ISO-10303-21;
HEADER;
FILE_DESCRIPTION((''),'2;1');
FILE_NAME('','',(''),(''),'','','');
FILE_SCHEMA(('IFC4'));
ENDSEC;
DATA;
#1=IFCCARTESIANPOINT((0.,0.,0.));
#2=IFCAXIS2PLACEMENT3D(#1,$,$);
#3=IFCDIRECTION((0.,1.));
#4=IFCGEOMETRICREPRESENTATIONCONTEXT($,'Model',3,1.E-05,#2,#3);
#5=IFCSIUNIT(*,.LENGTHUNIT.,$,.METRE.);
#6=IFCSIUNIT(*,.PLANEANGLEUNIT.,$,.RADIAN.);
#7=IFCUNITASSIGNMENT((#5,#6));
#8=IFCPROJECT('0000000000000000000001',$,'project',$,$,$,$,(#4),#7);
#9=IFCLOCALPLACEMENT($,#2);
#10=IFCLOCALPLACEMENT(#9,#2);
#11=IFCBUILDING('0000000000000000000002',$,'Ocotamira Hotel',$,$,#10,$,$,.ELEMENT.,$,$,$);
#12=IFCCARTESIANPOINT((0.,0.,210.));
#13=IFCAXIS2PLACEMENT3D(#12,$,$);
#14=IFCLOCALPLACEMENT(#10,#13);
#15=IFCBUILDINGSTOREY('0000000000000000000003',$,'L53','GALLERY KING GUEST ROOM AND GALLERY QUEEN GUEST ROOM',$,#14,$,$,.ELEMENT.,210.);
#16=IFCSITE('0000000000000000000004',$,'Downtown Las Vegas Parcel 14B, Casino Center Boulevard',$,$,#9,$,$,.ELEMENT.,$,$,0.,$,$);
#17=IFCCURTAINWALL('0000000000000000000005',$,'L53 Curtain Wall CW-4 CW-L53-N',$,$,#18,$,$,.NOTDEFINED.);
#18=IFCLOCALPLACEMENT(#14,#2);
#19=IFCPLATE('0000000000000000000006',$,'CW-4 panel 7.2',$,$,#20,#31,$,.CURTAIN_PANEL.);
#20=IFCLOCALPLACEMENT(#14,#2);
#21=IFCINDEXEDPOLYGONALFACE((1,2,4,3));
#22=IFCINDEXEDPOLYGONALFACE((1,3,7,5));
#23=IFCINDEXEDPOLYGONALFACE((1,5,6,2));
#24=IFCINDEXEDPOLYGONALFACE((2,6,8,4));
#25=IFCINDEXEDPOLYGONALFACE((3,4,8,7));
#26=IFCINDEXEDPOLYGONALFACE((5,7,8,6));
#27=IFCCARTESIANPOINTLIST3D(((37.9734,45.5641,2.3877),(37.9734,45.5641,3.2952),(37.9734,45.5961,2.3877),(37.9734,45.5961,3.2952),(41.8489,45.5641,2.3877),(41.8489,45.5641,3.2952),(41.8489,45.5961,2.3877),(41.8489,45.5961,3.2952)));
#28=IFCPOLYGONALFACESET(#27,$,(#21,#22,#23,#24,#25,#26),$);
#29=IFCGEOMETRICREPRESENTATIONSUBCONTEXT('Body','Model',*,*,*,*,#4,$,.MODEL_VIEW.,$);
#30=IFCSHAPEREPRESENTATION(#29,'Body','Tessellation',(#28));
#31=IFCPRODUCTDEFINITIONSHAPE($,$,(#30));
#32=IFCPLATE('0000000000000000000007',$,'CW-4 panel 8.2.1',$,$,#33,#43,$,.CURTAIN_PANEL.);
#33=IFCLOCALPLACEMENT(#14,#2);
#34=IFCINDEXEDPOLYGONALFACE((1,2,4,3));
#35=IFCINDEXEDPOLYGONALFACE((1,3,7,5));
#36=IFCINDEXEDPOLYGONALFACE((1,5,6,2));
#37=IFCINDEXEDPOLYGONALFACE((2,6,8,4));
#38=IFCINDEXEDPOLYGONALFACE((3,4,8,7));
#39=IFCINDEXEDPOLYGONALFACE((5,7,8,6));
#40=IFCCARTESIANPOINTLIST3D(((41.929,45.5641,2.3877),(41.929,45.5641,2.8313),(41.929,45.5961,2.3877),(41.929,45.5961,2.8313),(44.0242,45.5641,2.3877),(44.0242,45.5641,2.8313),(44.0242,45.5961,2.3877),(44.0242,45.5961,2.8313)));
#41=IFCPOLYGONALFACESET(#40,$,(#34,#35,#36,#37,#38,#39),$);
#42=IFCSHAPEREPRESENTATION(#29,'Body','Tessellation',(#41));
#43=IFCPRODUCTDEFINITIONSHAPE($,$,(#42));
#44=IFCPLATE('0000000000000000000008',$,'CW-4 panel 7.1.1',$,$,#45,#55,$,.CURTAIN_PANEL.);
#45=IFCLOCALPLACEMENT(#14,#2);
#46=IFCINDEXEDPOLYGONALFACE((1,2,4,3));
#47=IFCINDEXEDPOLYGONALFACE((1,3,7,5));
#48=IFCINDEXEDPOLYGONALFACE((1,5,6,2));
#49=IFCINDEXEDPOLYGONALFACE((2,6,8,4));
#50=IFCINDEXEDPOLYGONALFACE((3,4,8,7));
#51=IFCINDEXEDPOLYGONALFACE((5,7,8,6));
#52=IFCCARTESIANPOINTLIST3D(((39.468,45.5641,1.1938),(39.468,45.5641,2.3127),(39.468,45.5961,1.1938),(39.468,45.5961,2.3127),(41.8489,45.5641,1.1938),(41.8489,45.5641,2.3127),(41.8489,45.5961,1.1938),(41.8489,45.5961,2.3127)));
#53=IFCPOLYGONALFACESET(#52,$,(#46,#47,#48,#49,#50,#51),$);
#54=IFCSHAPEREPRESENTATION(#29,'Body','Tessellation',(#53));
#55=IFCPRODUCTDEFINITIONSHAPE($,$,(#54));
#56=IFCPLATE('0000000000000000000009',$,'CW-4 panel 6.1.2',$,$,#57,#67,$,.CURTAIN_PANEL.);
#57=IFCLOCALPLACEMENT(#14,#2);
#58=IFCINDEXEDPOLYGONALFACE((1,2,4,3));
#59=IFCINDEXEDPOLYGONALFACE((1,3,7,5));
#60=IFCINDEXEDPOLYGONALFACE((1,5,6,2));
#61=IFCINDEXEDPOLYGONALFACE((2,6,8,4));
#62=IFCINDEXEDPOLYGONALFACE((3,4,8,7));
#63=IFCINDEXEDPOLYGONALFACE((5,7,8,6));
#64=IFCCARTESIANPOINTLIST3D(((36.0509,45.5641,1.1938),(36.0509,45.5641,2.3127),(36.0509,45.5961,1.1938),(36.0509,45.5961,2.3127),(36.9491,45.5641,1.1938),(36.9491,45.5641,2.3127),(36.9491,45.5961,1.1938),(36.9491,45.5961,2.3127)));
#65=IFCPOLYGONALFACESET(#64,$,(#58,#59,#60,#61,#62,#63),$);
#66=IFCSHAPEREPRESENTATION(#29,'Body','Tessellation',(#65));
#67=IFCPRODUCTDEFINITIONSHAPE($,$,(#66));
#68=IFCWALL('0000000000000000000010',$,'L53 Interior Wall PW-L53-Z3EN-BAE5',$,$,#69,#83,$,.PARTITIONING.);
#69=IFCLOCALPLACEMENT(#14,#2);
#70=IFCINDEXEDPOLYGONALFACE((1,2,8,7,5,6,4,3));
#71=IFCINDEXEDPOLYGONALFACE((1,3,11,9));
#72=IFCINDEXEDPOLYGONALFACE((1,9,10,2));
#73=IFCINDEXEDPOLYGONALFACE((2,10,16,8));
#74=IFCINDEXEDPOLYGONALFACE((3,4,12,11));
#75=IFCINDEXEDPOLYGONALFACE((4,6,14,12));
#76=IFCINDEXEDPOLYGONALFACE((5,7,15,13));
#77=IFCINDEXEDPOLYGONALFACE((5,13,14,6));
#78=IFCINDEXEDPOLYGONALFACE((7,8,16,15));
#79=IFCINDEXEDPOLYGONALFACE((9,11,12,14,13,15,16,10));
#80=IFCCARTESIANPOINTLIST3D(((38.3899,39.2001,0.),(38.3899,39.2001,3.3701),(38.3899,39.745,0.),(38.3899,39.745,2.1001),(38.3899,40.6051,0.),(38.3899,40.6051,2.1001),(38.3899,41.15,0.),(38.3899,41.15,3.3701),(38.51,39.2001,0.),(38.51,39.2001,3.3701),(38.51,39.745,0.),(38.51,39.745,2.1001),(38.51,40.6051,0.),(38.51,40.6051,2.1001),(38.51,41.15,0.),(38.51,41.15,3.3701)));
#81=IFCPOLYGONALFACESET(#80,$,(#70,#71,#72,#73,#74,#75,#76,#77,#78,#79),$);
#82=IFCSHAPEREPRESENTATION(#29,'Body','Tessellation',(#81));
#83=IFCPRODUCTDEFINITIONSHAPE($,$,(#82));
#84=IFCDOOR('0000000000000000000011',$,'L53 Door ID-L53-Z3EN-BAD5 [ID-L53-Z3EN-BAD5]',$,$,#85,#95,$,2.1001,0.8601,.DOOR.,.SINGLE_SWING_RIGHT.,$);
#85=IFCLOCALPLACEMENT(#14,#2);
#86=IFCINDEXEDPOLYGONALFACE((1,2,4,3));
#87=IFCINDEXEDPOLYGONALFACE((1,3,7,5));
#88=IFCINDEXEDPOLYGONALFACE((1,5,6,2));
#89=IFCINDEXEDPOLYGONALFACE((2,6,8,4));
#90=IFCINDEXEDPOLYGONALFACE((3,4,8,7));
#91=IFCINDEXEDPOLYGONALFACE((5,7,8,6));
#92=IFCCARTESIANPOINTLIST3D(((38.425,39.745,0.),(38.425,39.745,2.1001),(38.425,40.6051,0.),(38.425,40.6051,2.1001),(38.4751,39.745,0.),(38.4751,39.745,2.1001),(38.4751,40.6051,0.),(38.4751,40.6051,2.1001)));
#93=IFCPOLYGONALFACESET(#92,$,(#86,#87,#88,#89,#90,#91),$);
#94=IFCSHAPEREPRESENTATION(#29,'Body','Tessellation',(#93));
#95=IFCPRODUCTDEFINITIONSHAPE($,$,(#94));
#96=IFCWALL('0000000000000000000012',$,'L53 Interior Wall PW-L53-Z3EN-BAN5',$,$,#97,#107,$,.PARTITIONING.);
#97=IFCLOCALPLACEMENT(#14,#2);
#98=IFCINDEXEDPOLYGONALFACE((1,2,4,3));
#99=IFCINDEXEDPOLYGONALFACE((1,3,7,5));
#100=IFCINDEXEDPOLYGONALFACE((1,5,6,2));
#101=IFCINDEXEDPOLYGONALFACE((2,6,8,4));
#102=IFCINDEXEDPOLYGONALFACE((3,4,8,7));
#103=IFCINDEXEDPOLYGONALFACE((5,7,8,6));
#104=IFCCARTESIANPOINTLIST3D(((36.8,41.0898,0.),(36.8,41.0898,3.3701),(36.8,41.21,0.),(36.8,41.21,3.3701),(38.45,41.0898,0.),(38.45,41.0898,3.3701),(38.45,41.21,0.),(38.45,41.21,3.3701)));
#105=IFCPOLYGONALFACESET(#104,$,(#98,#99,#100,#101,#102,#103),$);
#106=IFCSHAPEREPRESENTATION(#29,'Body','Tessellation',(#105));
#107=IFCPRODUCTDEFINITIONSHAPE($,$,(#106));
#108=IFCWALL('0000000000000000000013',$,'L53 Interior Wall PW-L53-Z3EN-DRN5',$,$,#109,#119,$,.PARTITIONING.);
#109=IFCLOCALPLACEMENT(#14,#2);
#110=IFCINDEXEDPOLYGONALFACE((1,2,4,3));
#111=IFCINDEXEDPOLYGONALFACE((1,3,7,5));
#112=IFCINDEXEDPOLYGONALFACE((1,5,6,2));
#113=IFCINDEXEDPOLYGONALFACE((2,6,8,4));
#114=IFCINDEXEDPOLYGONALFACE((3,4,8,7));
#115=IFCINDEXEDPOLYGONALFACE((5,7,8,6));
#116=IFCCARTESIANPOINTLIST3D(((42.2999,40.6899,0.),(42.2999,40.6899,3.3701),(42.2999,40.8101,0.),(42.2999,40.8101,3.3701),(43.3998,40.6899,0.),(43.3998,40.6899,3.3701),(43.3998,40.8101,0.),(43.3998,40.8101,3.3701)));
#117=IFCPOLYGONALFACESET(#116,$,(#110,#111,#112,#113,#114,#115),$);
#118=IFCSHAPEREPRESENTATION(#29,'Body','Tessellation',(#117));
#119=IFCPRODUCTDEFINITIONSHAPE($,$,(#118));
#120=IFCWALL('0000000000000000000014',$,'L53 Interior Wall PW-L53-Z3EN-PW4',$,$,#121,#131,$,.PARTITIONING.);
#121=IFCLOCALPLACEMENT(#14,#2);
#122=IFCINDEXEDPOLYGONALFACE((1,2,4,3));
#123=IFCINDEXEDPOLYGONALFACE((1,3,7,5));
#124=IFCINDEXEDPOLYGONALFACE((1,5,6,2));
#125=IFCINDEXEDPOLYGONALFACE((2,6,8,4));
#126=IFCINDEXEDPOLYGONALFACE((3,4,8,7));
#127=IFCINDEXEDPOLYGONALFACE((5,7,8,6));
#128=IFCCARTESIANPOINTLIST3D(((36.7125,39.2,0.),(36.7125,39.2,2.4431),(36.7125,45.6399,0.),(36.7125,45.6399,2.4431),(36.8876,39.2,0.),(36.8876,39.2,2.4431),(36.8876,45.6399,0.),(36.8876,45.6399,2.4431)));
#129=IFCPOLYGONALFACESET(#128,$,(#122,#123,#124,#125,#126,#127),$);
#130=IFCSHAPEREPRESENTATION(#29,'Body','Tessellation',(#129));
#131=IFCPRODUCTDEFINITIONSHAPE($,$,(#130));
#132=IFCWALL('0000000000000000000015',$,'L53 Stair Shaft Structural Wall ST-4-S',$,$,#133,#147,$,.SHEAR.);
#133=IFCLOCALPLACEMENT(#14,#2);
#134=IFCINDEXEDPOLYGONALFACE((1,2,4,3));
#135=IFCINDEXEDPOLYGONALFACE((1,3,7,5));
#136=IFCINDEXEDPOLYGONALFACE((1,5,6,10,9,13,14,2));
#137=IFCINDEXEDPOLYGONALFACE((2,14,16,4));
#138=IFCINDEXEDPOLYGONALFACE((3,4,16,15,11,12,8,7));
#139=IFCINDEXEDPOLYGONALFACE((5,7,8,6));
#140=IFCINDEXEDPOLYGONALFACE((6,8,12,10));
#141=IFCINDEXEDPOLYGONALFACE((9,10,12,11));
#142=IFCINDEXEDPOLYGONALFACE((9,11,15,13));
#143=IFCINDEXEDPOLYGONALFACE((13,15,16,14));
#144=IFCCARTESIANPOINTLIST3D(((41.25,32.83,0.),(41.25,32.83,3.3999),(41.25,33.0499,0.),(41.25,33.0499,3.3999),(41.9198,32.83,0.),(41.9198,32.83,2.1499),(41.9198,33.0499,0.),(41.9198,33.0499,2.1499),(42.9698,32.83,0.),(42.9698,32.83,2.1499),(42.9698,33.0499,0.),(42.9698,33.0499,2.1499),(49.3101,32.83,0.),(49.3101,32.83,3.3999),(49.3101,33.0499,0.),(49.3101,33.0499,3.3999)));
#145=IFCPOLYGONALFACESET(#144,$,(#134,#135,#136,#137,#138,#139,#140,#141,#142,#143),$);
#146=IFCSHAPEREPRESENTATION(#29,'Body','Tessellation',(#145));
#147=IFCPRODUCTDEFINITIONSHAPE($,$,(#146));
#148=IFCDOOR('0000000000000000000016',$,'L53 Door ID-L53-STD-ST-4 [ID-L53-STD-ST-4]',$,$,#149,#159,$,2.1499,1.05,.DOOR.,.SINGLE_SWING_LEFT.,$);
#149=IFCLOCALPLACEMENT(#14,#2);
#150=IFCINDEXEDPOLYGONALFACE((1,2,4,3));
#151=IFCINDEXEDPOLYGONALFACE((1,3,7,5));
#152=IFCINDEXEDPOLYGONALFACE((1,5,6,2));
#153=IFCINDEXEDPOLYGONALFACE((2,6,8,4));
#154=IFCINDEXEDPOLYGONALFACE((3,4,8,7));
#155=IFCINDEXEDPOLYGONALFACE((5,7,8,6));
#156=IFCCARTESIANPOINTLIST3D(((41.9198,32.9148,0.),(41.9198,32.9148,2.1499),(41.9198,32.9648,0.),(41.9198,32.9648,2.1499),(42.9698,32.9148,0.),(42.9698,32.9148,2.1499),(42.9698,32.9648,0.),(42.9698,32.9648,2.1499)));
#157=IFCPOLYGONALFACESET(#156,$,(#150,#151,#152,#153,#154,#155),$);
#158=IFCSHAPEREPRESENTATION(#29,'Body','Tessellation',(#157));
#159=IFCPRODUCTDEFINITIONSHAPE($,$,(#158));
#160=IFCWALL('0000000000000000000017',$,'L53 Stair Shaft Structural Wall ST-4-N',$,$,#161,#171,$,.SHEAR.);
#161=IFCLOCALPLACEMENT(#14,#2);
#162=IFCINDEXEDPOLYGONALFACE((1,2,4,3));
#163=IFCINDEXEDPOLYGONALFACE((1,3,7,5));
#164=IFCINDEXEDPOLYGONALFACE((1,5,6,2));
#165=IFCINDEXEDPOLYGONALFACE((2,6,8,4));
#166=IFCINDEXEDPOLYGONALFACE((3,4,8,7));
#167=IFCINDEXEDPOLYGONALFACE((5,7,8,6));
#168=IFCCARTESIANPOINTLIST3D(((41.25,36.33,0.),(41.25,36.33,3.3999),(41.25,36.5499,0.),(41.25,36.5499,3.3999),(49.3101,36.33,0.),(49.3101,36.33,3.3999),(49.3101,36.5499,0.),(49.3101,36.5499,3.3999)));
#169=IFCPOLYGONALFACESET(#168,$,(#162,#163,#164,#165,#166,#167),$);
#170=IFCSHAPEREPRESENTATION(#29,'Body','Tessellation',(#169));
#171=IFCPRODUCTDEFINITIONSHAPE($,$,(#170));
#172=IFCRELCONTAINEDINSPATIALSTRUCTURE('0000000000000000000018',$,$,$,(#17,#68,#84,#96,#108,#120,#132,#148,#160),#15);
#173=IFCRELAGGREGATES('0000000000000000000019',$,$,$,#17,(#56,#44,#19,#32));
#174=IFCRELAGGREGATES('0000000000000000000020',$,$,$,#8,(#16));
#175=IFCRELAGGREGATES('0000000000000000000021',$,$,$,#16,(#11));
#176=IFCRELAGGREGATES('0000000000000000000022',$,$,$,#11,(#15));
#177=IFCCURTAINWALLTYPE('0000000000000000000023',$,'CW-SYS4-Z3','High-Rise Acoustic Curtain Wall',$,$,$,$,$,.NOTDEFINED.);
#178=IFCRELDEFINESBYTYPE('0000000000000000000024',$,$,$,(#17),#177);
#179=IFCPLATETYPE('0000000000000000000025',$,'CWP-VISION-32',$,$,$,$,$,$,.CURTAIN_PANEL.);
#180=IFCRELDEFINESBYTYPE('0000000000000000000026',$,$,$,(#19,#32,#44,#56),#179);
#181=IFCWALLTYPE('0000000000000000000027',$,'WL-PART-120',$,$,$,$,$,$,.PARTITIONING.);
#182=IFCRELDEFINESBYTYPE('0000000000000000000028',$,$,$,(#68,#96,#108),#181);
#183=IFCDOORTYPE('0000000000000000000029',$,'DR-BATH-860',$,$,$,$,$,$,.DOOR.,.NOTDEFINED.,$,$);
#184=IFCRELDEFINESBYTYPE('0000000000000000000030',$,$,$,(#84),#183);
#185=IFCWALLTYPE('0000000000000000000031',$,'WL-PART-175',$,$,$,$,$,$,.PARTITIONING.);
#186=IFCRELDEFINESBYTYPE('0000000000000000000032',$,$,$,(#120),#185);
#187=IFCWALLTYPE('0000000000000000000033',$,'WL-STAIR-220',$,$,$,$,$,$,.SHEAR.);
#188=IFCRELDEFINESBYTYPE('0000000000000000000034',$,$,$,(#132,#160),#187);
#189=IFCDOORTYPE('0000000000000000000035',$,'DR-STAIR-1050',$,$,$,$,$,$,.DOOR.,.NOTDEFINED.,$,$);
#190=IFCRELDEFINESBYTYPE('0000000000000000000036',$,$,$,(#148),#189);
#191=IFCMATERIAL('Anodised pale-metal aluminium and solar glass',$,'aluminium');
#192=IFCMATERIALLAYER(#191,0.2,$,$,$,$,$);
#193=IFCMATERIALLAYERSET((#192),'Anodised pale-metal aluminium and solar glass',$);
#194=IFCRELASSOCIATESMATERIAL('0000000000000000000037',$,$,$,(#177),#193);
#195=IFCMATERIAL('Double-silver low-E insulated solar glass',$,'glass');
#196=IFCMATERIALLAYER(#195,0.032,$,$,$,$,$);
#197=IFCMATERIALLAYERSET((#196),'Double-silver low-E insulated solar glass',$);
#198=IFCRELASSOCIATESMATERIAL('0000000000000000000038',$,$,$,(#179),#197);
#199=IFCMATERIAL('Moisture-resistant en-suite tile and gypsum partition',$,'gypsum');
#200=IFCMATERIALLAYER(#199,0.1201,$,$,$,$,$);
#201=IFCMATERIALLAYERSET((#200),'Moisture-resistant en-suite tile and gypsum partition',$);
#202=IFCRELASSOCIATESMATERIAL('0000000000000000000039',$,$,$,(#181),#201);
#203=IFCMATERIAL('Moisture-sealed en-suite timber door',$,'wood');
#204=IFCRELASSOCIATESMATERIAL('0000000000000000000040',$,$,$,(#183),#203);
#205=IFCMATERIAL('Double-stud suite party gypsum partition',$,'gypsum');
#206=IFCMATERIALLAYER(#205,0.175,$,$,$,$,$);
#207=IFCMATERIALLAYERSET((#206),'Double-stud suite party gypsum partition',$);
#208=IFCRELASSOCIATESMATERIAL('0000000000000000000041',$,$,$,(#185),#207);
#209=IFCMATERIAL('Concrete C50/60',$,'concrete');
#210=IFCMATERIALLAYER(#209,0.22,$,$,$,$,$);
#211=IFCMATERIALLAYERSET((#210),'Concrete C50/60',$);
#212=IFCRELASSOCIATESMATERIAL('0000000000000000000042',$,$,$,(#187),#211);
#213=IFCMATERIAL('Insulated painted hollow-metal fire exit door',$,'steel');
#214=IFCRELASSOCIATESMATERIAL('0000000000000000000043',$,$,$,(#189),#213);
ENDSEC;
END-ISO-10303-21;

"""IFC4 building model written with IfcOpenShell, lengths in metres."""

from ifc_helpers import new_model, si_unit, direction, frame, frame_2d, origin, origin_2d, place, context, subcontext, project, spatial, rectangle, extrude, source, transform, mapped, material, layer, layer_set, type_object, element, fill, aggregate, save


model = new_model("IFC4")

# Units and contexts
model_context = context("Model", 3, precision=1e-05, world=origin(), true_north=direction((0.0, 1.0)))
body_context = subcontext(model_context, "Body", "Model", "MODEL_VIEW")
ifc_project = project(units=[si_unit("LENGTHUNIT", "METRE"), si_unit("PLANEANGLEUNIT", "RADIAN")], contexts=[model_context])

# Site, building, storey
site_placement = place(None, origin())
site = spatial("IfcSite", under=ifc_project, at=site_placement, Name="Downtown Las Vegas Parcel 14B, Casino Center Boulevard", CompositionType="ELEMENT", RefElevation=0.0)
building_placement = place(site_placement, origin())
building = spatial("IfcBuilding", under=site, at=building_placement, Name="Ocotamira Hotel", CompositionType="ELEMENT")
storey_placement = place(building_placement, frame((0.0, 0.0, 210.0)))
storey = spatial("IfcBuildingStorey", under=building, at=storey_placement, Name="L53", Description="GALLERY KING GUEST ROOM AND GALLERY QUEEN GUEST ROOM", CompositionType="ELEMENT", Elevation=210.0)

# Shared definitions
ifc_material_1 = material(Name="Concrete C50/60", Category="concrete")

# Curtain wall
ifc_material_2 = material(Name="Anodised pale-metal aluminium and solar glass", Category="aluminium")
ifc_layer_1 = layer(ifc_material_2, 0.2)
ifc_layer_set_1 = layer_set([ifc_layer_1], Name="Anodised pale-metal aluminium and solar glass")
curtain_wall_type = type_object("IfcCurtainWallType", Name="CW-SYS4-Z3", Description="High-Rise Acoustic Curtain Wall", PredefinedType="NOTDEFINED", material=ifc_layer_set_1)
curtain_wall_placement = place(storey_placement, origin())
curtain_wall = element("IfcCurtainWall", 1, at=curtain_wall_placement, inside=storey, type_object=curtain_wall_type, Name="L53 Curtain Wall CW-4 CW-L53-N", PredefinedType="NOTDEFINED")

# Plates
ifc_material_3 = material(Name="Double-silver low-E insulated solar glass", Category="glass")
ifc_layer_2 = layer(ifc_material_3, 0.032)
ifc_layer_set_2 = layer_set([ifc_layer_2], Name="Double-silver low-E insulated solar glass")
plate_type_1 = type_object("IfcPlateType", Name="CWP-VISION-32", PredefinedType="CURTAIN_PANEL", material=ifc_layer_set_2)
shared_shape_1 = source(origin(), body_context, "Body", "SweptSolid", [
    extrude(rectangle(XDim=3.8755, YDim=0.032, at=origin_2d()), origin(), (0.0, 0.0, 1.0), 0.9075),
])
plate_1_placement = place(storey_placement, frame((39.9111, 45.5801, 2.3877), z_axis=(0.0, 0.0, 1.0), x_axis=(1.0, 0.0, 0.0)))
plate_1 = element("IfcPlate", 2, at=plate_1_placement, type_object=plate_type_1, Name="CW-4 panel 7.2", PredefinedType="CURTAIN_PANEL", context=body_context, shape_type="MappedRepresentation", body=[
    mapped(shared_shape_1, transform((0.0, 0.0, 0.0), scale=1.0)),
])
shared_shape_2 = source(origin(), body_context, "Body", "SweptSolid", [
    extrude(rectangle(XDim=2.0952, YDim=0.032, at=origin_2d()), origin(), (0.0, 0.0, 1.0), 0.4436),
])
plate_2_placement = place(storey_placement, frame((42.9766, 45.5801, 2.3877), z_axis=(0.0, 0.0, 1.0), x_axis=(1.0, 0.0, 0.0)))
plate_2 = element("IfcPlate", 3, at=plate_2_placement, type_object=plate_type_1, Name="CW-4 panel 8.2.1", PredefinedType="CURTAIN_PANEL", context=body_context, shape_type="MappedRepresentation", body=[
    mapped(shared_shape_2, transform((0.0, 0.0, 0.0), scale=1.0)),
])
shared_shape_3 = source(origin(), body_context, "Body", "SweptSolid", [
    extrude(rectangle(XDim=2.3809, YDim=0.032, at=origin_2d()), origin(), (0.0, 0.0, 1.0), 1.1189),
])
plate_3_placement = place(storey_placement, frame((40.6584, 45.5801, 1.1938), z_axis=(0.0, 0.0, 1.0), x_axis=(1.0, 0.0, 0.0)))
plate_3 = element("IfcPlate", 4, at=plate_3_placement, type_object=plate_type_1, Name="CW-4 panel 7.1.1", PredefinedType="CURTAIN_PANEL", context=body_context, shape_type="MappedRepresentation", body=[
    mapped(shared_shape_3, transform((0.0, 0.0, 0.0), scale=1.0)),
])
shared_shape_4 = source(origin(), body_context, "Body", "SweptSolid", [
    extrude(rectangle(XDim=0.8982, YDim=0.032, at=origin_2d()), origin(), (0.0, 0.0, 1.0), 1.1189),
])
plate_4_placement = place(storey_placement, frame((36.5, 45.5801, 1.1938), z_axis=(0.0, 0.0, 1.0), x_axis=(1.0, 0.0, 0.0)))
plate_4 = element("IfcPlate", 5, at=plate_4_placement, type_object=plate_type_1, Name="CW-4 panel 6.1.2", PredefinedType="CURTAIN_PANEL", context=body_context, shape_type="MappedRepresentation", body=[
    mapped(shared_shape_4, transform((0.0, 0.0, 0.0), scale=1.0)),
])
aggregate(curtain_wall, [plate_4, plate_3, plate_1, plate_2])

# Wall, opening, door
ifc_material_4 = material(Name="Moisture-resistant en-suite tile and gypsum partition", Category="gypsum")
ifc_layer_3 = layer(ifc_material_4, 0.1201)
ifc_layer_set_3 = layer_set([ifc_layer_3], Name="Moisture-resistant en-suite tile and gypsum partition")
wall_type_1 = type_object("IfcWallType", Name="WL-PART-120", PredefinedType="PARTITIONING", material=ifc_layer_set_3)
wall_1_placement = place(storey_placement, frame((38.45, 39.2, 0.0), z_axis=(0.0, 0.0, 1.0), x_axis=(0.0, 1.0, 0.0)))
wall_1 = element("IfcWall", 6, at=wall_1_placement, inside=storey, type_object=wall_type_1, Name="L53 Interior Wall PW-L53-Z3EN-BAE5", PredefinedType="PARTITIONING", context=body_context, shape_type="SweptSolid", body=[
    extrude(rectangle(XDim=1.95, YDim=0.1201, at=frame_2d((0.9751, 0.0))), origin(), (0.0, 0.0, 1.0), 3.3701),
])
opening_1_placement = place(wall_1_placement, frame((0.5449, 0.0, 0.0)))
opening_1 = element("IfcOpeningElement", 7, at=opening_1_placement, cuts=wall_1, PredefinedType="OPENING", context=body_context, shape_type="SweptSolid", body=[
    extrude(rectangle(XDim=0.8601, YDim=2.1001, at=frame_2d((0.4302, 1.05))), frame((0.0, 0.0701, 0.0), z_axis=(0.0, -1.0, 0.0), x_axis=(1.0, 0.0, 0.0)), (0.0, 0.0, 1.0), 0.1401),
])
ifc_material_5 = material(Name="Moisture-sealed en-suite timber door", Category="wood")
door_type_1 = type_object("IfcDoorType", Name="DR-BATH-860", OperationType="NOTDEFINED", PredefinedType="DOOR", material=ifc_material_5)
shared_shape_5 = source(origin(), body_context, "Body", "SweptSolid", [
    extrude(rectangle(XDim=0.8601, YDim=2.1001, at=frame_2d((0.4302, 1.05))), frame((0.0, 0.0249, 0.0), z_axis=(0.0, -1.0, 0.0), x_axis=(1.0, 0.0, 0.0)), (0.0, 0.0, 1.0), 0.05),
])
door_1_placement = place(opening_1_placement, origin())
door_1 = element("IfcDoor", 8, at=door_1_placement, inside=storey, type_object=door_type_1, Name="L53 Door ID-L53-Z3EN-BAD5 [ID-L53-Z3EN-BAD5]", OperationType="SINGLE_SWING_RIGHT", OverallHeight=2.1001, OverallWidth=0.8601, PredefinedType="DOOR", context=body_context, shape_type="MappedRepresentation", body=[
    mapped(shared_shape_5, transform((0.0, 0.0, 0.0), scale=1.0)),
])
fill(opening_1, door_1)

# Walls
wall_2_placement = place(storey_placement, frame((36.8, 41.1499, 0.0), z_axis=(0.0, 0.0, 1.0), x_axis=(1.0, 0.0, 0.0)))
element("IfcWall", 9, at=wall_2_placement, inside=storey, type_object=wall_type_1, Name="L53 Interior Wall PW-L53-Z3EN-BAN5", PredefinedType="PARTITIONING", context=body_context, shape_type="SweptSolid", body=[
    extrude(rectangle(XDim=1.6499, YDim=0.1201, at=frame_2d((0.825, 0.0))), origin(), (0.0, 0.0, 1.0), 3.3701),
])
wall_3_placement = place(storey_placement, frame((42.3, 40.75, 0.0), z_axis=(0.0, 0.0, 1.0), x_axis=(1.0, 0.0, 0.0)))
element("IfcWall", 10, at=wall_3_placement, inside=storey, type_object=wall_type_1, Name="L53 Interior Wall PW-L53-Z3EN-DRN5", PredefinedType="PARTITIONING", context=body_context, shape_type="SweptSolid", body=[
    extrude(rectangle(XDim=1.0999, YDim=0.1201, at=frame_2d((0.5498, 0.0))), origin(), (0.0, 0.0, 1.0), 3.3701),
])
ifc_material_6 = material(Name="Double-stud suite party gypsum partition", Category="gypsum")
ifc_layer_4 = layer(ifc_material_6, 0.175)
ifc_layer_set_4 = layer_set([ifc_layer_4], Name="Double-stud suite party gypsum partition")
wall_type_2 = type_object("IfcWallType", Name="WL-PART-175", PredefinedType="PARTITIONING", material=ifc_layer_set_4)
wall_4_placement = place(storey_placement, frame((36.8, 39.2, 0.0), z_axis=(0.0, 0.0, 1.0), x_axis=(0.0, 1.0, 0.0)))
element("IfcWall", 11, at=wall_4_placement, inside=storey, type_object=wall_type_2, Name="L53 Interior Wall PW-L53-Z3EN-PW4", PredefinedType="PARTITIONING", context=body_context, shape_type="SweptSolid", body=[
    extrude(rectangle(XDim=6.4399, YDim=0.175, at=frame_2d((3.22, 0.0))), origin(), (0.0, 0.0, 1.0), 2.4431),
])

# Wall, opening, door
ifc_layer_5 = layer(ifc_material_1, 0.22)
ifc_layer_set_5 = layer_set([ifc_layer_5], Name="Concrete C50/60")
wall_type_3 = type_object("IfcWallType", Name="WL-STAIR-220", PredefinedType="SHEAR", material=ifc_layer_set_5)
wall_5_placement = place(storey_placement, frame((41.25, 32.9399, 0.0), z_axis=(0.0, 0.0, 1.0), x_axis=(1.0, 0.0, 0.0)))
wall_5 = element("IfcWall", 12, at=wall_5_placement, inside=storey, type_object=wall_type_3, Name="L53 Stair Shaft Structural Wall ST-4-S", PredefinedType="SHEAR", context=body_context, shape_type="SweptSolid", body=[
    extrude(rectangle(XDim=8.0601, YDim=0.22, at=frame_2d((4.03, 0.0))), origin(), (0.0, 0.0, 1.0), 3.3999),
])
opening_2_placement = place(wall_5_placement, frame((0.6699, 0.0, 0.0)))
opening_2 = element("IfcOpeningElement", 13, at=opening_2_placement, cuts=wall_5, PredefinedType="OPENING", context=body_context, shape_type="SweptSolid", body=[
    extrude(rectangle(XDim=1.05, YDim=2.1499, at=frame_2d((0.5249, 1.075))), frame((0.0, 0.1201, 0.0), z_axis=(0.0, -1.0, 0.0), x_axis=(1.0, 0.0, 0.0)), (0.0, 0.0, 1.0), 0.24),
])
ifc_material_7 = material(Name="Insulated painted hollow-metal fire exit door", Category="steel")
door_type_2 = type_object("IfcDoorType", Name="DR-STAIR-1050", OperationType="NOTDEFINED", PredefinedType="DOOR", material=ifc_material_7)
shared_shape_6 = source(origin(), body_context, "Body", "SweptSolid", [
    extrude(rectangle(XDim=1.05, YDim=2.1499, at=frame_2d((0.5249, 1.075))), frame((0.0, 0.0249, 0.0), z_axis=(0.0, -1.0, 0.0), x_axis=(1.0, 0.0, 0.0)), (0.0, 0.0, 1.0), 0.05),
])
door_2_placement = place(opening_2_placement, origin())
door_2 = element("IfcDoor", 14, at=door_2_placement, inside=storey, type_object=door_type_2, Name="L53 Door ID-L53-STD-ST-4 [ID-L53-STD-ST-4]", OperationType="SINGLE_SWING_LEFT", OverallHeight=2.1499, OverallWidth=1.05, PredefinedType="DOOR", context=body_context, shape_type="MappedRepresentation", body=[
    mapped(shared_shape_6, transform((0.0, 0.0, 0.0), scale=1.0)),
])
fill(opening_2, door_2)

# Wall
wall_6_placement = place(storey_placement, frame((41.25, 36.4399, 0.0), z_axis=(0.0, 0.0, 1.0), x_axis=(1.0, 0.0, 0.0)))
element("IfcWall", 15, at=wall_6_placement, inside=storey, type_object=wall_type_3, Name="L53 Stair Shaft Structural Wall ST-4-N", PredefinedType="SHEAR", context=body_context, shape_type="SweptSolid", body=[
    extrude(rectangle(XDim=8.0601, YDim=0.22, at=frame_2d((4.03, 0.0))), origin(), (0.0, 0.0, 1.0), 3.3999),
])

save(model, "model.ifc")
